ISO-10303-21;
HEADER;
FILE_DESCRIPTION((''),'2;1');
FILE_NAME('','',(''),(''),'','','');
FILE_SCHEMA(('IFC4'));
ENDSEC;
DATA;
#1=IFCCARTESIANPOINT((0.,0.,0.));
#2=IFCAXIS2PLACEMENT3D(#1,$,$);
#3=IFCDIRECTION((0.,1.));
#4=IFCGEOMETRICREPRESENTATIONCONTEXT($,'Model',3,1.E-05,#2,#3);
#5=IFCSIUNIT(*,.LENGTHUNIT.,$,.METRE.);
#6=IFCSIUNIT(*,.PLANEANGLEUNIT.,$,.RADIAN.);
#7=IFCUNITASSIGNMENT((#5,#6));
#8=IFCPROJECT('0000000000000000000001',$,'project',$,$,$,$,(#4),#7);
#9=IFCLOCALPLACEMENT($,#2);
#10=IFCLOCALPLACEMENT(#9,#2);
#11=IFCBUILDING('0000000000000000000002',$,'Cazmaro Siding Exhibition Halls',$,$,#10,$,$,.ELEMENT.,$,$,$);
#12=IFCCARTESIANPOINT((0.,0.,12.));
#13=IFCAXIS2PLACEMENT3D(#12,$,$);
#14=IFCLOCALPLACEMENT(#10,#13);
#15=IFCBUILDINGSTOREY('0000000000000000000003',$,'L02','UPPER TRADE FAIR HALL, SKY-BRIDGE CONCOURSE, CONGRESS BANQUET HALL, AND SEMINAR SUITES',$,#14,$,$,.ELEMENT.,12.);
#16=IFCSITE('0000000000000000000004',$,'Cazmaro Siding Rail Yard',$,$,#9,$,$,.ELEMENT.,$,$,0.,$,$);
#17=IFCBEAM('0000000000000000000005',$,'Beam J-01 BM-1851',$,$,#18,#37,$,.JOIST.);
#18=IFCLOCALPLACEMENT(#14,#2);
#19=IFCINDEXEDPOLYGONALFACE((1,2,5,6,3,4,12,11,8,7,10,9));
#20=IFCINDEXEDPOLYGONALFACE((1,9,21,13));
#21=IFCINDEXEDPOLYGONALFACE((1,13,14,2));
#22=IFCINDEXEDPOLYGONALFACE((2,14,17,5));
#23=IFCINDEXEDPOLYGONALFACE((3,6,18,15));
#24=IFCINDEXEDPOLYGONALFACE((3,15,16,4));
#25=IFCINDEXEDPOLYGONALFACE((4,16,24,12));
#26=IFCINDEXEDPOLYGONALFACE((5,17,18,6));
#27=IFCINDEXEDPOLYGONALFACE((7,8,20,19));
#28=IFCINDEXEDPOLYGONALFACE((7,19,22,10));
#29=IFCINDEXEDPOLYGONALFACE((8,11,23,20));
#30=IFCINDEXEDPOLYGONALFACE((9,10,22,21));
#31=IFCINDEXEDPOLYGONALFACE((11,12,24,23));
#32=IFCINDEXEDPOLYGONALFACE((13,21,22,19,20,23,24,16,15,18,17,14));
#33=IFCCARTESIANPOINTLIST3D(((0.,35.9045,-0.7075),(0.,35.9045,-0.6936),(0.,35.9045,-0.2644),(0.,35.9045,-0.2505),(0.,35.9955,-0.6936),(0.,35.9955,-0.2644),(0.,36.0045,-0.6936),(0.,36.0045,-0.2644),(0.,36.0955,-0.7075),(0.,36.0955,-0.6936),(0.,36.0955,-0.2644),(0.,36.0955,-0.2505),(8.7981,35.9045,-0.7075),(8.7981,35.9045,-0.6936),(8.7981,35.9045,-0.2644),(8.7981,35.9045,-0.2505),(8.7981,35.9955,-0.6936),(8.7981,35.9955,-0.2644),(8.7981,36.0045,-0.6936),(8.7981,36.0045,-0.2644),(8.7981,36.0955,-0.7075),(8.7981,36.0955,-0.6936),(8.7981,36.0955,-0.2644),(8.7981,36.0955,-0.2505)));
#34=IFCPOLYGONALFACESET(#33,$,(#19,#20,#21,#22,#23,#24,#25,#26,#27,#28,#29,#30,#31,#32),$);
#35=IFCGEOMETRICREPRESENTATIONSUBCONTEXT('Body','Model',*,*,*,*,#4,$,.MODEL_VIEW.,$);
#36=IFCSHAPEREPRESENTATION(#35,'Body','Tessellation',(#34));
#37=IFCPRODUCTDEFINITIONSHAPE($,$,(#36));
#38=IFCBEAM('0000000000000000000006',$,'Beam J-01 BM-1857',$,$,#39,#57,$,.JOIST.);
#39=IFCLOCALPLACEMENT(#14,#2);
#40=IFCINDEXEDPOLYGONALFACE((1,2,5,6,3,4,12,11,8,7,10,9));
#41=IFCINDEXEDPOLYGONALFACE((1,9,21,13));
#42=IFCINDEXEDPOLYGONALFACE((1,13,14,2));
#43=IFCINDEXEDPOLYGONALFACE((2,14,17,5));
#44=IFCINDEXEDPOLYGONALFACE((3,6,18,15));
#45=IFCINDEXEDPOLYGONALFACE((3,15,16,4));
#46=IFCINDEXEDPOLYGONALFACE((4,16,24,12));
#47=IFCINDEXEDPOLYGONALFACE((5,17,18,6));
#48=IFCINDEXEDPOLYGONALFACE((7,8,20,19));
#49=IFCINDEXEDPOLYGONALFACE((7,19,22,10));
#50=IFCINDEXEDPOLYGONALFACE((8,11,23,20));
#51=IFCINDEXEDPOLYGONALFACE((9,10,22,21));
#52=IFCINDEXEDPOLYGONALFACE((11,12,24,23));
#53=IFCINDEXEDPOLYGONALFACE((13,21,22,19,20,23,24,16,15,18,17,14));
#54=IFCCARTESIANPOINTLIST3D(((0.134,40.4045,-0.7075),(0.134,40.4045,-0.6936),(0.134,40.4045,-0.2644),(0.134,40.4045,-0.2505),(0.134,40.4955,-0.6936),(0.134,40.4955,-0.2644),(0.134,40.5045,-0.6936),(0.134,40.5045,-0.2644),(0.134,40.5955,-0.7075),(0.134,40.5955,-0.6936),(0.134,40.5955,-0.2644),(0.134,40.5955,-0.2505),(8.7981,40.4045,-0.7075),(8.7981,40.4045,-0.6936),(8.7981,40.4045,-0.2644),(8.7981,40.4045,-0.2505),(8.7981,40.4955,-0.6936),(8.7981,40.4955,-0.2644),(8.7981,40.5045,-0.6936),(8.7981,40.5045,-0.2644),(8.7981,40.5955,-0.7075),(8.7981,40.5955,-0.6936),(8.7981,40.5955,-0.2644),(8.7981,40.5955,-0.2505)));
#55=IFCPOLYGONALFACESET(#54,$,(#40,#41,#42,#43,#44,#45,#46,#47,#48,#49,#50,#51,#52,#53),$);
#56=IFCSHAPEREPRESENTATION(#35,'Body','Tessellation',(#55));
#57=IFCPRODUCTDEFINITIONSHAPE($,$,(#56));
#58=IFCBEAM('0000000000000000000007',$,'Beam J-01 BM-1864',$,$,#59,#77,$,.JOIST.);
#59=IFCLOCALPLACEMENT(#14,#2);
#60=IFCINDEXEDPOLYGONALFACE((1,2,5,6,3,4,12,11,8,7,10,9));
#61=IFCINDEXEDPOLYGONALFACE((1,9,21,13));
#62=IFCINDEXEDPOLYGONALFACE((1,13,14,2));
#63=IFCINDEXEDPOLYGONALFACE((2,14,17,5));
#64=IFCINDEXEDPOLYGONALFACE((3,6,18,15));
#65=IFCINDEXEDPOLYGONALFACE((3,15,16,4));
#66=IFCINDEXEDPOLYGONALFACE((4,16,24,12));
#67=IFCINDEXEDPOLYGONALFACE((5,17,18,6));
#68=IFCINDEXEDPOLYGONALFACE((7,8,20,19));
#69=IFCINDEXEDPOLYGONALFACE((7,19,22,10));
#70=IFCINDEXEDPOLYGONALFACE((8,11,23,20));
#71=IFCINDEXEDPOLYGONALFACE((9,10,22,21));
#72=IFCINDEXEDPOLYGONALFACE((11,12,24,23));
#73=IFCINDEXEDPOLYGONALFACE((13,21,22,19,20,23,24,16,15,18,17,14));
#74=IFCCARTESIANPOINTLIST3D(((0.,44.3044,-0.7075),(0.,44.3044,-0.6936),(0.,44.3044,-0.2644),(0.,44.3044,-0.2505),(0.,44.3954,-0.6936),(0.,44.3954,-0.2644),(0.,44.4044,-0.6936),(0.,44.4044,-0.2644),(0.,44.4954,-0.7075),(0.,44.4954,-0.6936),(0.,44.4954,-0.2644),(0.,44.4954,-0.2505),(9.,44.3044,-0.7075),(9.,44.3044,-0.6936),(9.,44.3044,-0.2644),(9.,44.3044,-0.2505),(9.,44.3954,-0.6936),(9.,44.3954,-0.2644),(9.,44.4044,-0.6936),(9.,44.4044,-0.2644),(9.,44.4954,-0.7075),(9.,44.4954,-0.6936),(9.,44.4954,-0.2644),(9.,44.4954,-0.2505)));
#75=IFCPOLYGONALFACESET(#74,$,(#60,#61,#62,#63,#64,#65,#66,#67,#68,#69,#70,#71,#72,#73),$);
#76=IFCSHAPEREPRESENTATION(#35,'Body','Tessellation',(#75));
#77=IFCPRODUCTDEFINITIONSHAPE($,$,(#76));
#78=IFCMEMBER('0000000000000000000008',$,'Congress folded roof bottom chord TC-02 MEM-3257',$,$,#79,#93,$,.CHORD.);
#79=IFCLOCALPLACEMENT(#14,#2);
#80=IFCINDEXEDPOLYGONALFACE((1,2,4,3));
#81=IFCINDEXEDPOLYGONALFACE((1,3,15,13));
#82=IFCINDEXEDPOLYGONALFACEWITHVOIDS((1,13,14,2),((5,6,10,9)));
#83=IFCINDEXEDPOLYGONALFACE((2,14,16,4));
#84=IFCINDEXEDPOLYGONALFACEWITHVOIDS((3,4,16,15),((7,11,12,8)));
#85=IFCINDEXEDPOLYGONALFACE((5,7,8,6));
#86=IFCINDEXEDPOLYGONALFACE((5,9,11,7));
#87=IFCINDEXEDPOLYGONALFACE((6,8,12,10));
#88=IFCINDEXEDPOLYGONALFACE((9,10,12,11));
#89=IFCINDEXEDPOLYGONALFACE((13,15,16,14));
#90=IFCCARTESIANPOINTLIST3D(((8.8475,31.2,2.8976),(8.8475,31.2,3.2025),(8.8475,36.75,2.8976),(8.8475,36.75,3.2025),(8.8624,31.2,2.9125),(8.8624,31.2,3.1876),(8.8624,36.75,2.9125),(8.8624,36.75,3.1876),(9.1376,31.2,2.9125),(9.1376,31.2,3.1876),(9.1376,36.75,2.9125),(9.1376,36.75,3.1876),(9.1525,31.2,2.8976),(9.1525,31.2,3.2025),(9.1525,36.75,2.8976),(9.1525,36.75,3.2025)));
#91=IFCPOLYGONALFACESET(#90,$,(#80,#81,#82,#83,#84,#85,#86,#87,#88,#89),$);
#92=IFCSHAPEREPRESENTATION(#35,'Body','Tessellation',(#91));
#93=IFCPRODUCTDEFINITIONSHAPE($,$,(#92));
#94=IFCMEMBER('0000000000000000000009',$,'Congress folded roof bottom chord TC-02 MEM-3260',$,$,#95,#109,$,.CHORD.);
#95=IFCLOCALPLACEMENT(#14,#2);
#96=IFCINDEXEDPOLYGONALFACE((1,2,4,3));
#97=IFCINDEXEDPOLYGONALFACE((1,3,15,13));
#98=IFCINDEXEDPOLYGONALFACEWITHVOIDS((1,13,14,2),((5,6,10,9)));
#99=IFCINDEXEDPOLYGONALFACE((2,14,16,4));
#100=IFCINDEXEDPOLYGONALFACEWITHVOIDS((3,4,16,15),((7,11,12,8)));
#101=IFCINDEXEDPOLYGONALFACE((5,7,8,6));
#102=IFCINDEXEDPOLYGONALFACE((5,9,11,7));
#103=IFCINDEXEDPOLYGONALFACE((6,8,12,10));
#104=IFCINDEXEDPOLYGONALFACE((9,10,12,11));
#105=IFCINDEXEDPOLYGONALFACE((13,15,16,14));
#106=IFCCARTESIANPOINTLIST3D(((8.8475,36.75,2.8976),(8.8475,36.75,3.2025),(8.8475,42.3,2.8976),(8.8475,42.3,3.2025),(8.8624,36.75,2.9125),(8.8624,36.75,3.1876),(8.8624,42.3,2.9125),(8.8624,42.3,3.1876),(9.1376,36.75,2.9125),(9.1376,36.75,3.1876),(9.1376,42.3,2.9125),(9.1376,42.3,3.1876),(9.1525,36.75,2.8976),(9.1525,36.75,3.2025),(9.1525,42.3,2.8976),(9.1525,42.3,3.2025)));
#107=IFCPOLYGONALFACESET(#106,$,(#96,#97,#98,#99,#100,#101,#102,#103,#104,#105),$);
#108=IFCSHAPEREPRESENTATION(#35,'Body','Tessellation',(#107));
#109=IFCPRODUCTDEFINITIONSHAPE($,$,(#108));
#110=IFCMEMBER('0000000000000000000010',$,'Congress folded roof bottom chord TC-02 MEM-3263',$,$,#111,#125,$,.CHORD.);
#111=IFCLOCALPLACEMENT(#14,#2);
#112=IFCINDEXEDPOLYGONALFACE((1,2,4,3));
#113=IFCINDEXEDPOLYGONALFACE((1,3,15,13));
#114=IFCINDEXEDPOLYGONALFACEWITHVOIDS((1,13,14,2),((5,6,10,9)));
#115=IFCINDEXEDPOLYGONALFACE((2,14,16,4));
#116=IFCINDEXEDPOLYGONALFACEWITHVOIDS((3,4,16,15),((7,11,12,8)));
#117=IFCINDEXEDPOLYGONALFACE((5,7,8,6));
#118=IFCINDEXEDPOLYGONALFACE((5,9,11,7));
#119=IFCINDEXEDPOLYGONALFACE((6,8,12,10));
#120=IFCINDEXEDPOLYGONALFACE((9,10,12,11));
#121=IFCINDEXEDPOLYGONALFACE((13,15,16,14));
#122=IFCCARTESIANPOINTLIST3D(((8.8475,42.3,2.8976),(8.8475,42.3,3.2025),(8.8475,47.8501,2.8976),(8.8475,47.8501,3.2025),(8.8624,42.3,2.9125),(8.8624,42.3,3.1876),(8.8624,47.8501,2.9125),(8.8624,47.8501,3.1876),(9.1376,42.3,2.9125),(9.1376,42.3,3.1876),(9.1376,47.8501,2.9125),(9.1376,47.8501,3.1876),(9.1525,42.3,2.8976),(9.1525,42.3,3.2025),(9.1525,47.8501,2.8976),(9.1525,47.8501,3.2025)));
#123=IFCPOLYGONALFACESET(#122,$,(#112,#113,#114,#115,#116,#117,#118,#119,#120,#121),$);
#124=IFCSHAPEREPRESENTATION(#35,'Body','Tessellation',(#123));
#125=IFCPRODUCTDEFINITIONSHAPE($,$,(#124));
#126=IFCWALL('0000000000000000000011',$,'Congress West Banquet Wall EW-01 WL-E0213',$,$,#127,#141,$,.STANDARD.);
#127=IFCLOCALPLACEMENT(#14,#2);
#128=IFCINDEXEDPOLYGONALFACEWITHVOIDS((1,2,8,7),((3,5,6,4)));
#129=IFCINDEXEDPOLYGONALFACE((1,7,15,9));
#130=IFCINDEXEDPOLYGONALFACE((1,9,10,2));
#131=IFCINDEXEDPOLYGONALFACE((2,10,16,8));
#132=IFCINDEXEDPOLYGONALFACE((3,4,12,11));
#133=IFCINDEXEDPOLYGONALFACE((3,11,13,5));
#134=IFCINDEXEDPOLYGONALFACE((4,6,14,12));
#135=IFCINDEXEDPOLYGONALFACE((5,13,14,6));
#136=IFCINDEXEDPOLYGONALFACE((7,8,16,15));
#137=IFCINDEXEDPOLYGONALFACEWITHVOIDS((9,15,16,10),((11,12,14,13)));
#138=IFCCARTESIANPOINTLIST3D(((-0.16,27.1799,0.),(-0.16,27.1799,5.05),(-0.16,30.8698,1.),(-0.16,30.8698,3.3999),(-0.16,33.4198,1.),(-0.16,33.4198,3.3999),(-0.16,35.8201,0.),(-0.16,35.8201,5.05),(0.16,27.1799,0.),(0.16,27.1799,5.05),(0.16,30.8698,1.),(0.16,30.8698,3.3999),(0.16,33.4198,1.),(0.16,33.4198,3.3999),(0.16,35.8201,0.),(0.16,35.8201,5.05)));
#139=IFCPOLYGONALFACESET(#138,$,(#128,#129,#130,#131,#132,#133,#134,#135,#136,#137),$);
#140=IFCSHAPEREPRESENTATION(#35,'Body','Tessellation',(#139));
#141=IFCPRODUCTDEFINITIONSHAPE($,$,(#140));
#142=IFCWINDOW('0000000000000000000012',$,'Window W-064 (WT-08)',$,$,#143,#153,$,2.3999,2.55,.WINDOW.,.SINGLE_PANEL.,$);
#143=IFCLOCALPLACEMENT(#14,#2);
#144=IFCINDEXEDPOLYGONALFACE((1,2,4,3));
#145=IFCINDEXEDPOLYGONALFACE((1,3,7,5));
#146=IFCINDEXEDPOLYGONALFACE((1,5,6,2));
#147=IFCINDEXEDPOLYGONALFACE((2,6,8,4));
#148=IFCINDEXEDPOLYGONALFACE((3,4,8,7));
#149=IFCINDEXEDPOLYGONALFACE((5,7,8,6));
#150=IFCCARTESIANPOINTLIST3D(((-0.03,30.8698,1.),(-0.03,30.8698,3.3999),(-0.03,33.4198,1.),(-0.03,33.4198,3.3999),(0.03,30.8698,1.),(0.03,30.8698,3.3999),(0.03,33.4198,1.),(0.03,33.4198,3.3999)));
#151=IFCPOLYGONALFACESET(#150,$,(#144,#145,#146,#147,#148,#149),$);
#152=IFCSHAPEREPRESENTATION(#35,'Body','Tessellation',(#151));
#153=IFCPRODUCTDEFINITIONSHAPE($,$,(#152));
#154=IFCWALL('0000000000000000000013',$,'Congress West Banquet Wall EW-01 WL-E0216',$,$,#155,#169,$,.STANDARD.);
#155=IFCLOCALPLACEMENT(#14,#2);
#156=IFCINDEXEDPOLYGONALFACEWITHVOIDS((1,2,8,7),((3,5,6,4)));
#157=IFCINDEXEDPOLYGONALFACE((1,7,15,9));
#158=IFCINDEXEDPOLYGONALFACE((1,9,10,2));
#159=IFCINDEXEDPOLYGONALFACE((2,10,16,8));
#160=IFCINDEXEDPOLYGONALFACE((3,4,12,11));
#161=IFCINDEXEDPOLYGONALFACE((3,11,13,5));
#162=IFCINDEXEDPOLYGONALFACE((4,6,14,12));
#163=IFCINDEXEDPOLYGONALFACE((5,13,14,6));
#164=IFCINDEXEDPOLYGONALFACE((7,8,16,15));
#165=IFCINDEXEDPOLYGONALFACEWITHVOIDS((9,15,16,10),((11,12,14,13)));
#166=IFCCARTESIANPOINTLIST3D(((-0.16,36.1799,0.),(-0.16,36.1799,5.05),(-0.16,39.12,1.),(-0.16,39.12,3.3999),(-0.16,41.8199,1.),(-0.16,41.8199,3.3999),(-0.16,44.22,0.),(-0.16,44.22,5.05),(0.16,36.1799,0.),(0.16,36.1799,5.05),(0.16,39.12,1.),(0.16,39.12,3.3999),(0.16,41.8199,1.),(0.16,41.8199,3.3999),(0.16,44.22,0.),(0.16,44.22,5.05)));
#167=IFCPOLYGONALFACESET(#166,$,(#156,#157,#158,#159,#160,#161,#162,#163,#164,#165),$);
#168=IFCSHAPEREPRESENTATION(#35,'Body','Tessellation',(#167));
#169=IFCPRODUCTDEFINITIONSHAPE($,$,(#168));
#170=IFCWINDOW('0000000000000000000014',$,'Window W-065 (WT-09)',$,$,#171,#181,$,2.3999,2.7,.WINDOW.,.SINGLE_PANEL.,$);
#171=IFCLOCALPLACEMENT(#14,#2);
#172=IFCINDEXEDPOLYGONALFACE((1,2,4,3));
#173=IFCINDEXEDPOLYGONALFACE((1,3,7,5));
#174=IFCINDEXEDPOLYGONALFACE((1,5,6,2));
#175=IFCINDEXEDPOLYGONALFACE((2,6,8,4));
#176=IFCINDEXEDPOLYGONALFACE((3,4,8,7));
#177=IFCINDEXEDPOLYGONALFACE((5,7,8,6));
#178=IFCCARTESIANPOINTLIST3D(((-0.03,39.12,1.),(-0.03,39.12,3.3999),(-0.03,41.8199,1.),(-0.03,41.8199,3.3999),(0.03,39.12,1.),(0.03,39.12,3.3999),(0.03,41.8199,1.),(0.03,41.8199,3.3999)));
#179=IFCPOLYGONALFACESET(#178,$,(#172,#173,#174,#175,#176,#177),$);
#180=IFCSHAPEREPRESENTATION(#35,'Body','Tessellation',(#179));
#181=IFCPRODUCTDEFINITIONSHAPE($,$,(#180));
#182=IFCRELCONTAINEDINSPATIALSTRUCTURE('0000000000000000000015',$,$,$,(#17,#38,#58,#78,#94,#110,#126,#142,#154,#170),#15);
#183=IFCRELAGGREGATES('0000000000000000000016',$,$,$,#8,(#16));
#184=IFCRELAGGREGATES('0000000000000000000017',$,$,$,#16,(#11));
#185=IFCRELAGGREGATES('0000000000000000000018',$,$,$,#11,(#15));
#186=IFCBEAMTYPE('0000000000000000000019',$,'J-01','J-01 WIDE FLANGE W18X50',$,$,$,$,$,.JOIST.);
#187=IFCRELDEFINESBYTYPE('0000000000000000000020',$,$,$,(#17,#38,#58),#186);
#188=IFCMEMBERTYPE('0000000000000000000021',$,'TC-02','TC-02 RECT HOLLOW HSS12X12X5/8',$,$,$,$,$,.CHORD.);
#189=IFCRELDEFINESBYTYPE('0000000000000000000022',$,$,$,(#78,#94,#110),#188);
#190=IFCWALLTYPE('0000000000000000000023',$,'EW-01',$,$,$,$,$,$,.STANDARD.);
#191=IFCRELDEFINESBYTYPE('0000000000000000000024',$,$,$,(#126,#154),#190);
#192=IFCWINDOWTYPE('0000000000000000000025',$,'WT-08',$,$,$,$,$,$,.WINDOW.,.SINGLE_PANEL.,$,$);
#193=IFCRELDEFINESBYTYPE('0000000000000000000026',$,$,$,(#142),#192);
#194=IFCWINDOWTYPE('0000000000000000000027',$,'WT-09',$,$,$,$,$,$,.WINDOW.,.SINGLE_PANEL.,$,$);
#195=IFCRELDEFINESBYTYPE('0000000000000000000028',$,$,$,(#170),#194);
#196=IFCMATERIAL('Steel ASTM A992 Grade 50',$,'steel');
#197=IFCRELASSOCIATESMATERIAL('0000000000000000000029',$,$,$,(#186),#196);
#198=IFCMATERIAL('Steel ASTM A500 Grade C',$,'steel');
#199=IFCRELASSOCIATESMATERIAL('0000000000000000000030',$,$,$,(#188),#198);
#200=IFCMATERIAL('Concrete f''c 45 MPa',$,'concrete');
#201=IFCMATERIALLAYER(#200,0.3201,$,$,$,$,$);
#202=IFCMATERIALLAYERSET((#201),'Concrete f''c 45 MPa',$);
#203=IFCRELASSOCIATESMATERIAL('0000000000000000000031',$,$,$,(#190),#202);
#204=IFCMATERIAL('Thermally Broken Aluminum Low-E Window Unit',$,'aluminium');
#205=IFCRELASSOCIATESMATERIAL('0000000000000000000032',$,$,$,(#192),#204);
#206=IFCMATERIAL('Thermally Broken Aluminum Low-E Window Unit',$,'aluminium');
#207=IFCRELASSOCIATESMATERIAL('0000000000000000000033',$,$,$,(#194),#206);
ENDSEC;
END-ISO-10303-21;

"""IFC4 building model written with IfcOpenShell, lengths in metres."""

from ifc_helpers import new_model, si_unit, direction, frame, frame_2d, origin, origin_2d, place, context, subcontext, project, spatial, rectangle, hollow_rectangle, i_section, extrude, material, layer, layer_set, material_profile, profile_set, type_object, element, fill, save


model = new_model("IFC4")

# Units and contexts
model_context = context("Model", 3, precision=1e-05, world=origin(), true_north=direction((0.0, 1.0)))
body_context = subcontext(model_context, "Body", "Model", "MODEL_VIEW")
ifc_project = project(units=[si_unit("LENGTHUNIT", "METRE"), si_unit("PLANEANGLEUNIT", "RADIAN")], contexts=[model_context])

# Site, building, storey
site_placement = place(None, origin())
site = spatial("IfcSite", under=ifc_project, at=site_placement, Name="Cazmaro Siding Rail Yard", CompositionType="ELEMENT", RefElevation=0.0)
building_placement = place(site_placement, origin())
building = spatial("IfcBuilding", under=site, at=building_placement, Name="Cazmaro Siding Exhibition Halls", CompositionType="ELEMENT")
storey_placement = place(building_placement, frame((0.0, 0.0, 12.0)))
storey = spatial("IfcBuildingStorey", under=building, at=storey_placement, Name="L02", Description="UPPER TRADE FAIR HALL, SKY-BRIDGE CONCOURSE, CONGRESS BANQUET HALL, AND SEMINAR SUITES", CompositionType="ELEMENT", Elevation=12.0)

# Beams
ifc_material_1 = material(Name="Steel ASTM A992 Grade 50", Category="steel")
ifc_material_profile_1 = material_profile(ifc_material_1, i_section(OverallWidth=0.1909, OverallDepth=0.457, WebThickness=0.009, FlangeThickness=0.0139, at=origin_2d()), Name="W18X50")
ifc_profile_set_1 = profile_set([ifc_material_profile_1], Name="Steel ASTM A992 Grade 50")
beam_type_1 = type_object("IfcBeamType", Name="J-01", Description="J-01 WIDE FLANGE W18X50", PredefinedType="JOIST", material=ifc_profile_set_1)
beam_1_placement = place(storey_placement, frame((0.0, 36.0, -0.479), z_axis=(1.0, 0.0, 0.0), x_axis=(0.0, 1.0, 0.0)))
element("IfcBeam", 1, at=beam_1_placement, inside=storey, type_object=beam_type_1, Name="Beam J-01 BM-1851", PredefinedType="JOIST", context=body_context, shape_type="SweptSolid", body=[
    extrude(i_section(OverallWidth=0.1909, OverallDepth=0.457, WebThickness=0.009, FlangeThickness=0.0139, at=origin_2d()), origin(), (0.0, 0.0, 1.0), 8.7981),
])
beam_2_placement = place(storey_placement, frame((0.134, 40.5, -0.479), z_axis=(1.0, 0.0, 0.0), x_axis=(0.0, 1.0, 0.0)))
element("IfcBeam", 2, at=beam_2_placement, inside=storey, type_object=beam_type_1, Name="Beam J-01 BM-1857", PredefinedType="JOIST", context=body_context, shape_type="SweptSolid", body=[
    extrude(i_section(OverallWidth=0.1909, OverallDepth=0.457, WebThickness=0.009, FlangeThickness=0.0139, at=origin_2d()), origin(), (0.0, 0.0, 1.0), 8.6641),
])
beam_3_placement = place(storey_placement, frame((0.0, 44.3999, -0.479), z_axis=(1.0, 0.0, 0.0), x_axis=(0.0, 1.0, 0.0)))
element("IfcBeam", 3, at=beam_3_placement, inside=storey, type_object=beam_type_1, Name="Beam J-01 BM-1864", PredefinedType="JOIST", context=body_context, shape_type="SweptSolid", body=[
    extrude(i_section(OverallWidth=0.1909, OverallDepth=0.457, WebThickness=0.009, FlangeThickness=0.0139, at=origin_2d()), origin(), (0.0, 0.0, 1.0), 9.0),
])

# Members
ifc_material_2 = material(Name="Steel ASTM A500 Grade C", Category="steel")
ifc_material_profile_2 = material_profile(ifc_material_2, hollow_rectangle(XDim=0.3049, YDim=0.3049, WallThickness=0.0149, at=origin_2d()), Name="HSS12X12X5/8")
ifc_profile_set_2 = profile_set([ifc_material_profile_2], Name="Steel ASTM A500 Grade C")
member_type = type_object("IfcMemberType", Name="TC-02", Description="TC-02 RECT HOLLOW HSS12X12X5/8", PredefinedType="CHORD", material=ifc_profile_set_2)
for number, where, z_axis, x_axis, name in (
    (4, (9.0, 31.2, 3.05), (0.0, 1.0, 0.0), (-1.0, 0.0, 0.0), "Congress folded roof bottom chord TC-02 MEM-3257"),
    (5, (9.0, 36.75, 3.05), (0.0, 1.0, 0.0), (-1.0, 0.0, 0.0), "Congress folded roof bottom chord TC-02 MEM-3260"),
    (6, (9.0, 42.3, 3.05), (0.0, 1.0, 0.0), (-1.0, 0.0, 0.0), "Congress folded roof bottom chord TC-02 MEM-3263"),
):
    element("IfcMember", number, at=place(storey_placement, frame(where, z_axis=z_axis, x_axis=x_axis)), inside=storey, type_object=member_type, Name=name, PredefinedType="CHORD", context=body_context, shape_type="SweptSolid", body=[
        extrude(hollow_rectangle(XDim=0.3049, YDim=0.3049, WallThickness=0.0149, at=origin_2d()), origin(), (0.0, 0.0, 1.0), 5.55),
    ])

# Walls, openings, windows
ifc_material_3 = material(Name="Concrete f'c 45 MPa", Category="concrete")
ifc_layer_1 = layer(ifc_material_3, 0.3201)
ifc_layer_set_1 = layer_set([ifc_layer_1], Name="Concrete f'c 45 MPa")
wall_type_1 = type_object("IfcWallType", Name="EW-01", PredefinedType="STANDARD", material=ifc_layer_set_1)
wall_1_placement = place(storey_placement, frame((0.0, 27.1799, 0.0), z_axis=(0.0, 0.0, 1.0), x_axis=(0.0, 1.0, 0.0)))
wall_1 = element("IfcWall", 7, at=wall_1_placement, inside=storey, type_object=wall_type_1, Name="Congress West Banquet Wall EW-01 WL-E0213", PredefinedType="STANDARD", context=body_context, shape_type="SweptSolid", body=[
    extrude(rectangle(XDim=8.6401, YDim=0.3201, at=frame_2d((4.3201, 0.0))), origin(), (0.0, 0.0, 1.0), 5.05),
])
opening_1_placement = place(wall_1_placement, frame((3.6899, 0.0, 1.0)))
opening_1 = element("IfcOpeningElement", 8, at=opening_1_placement, cuts=wall_1, PredefinedType="OPENING", context=body_context, shape_type="SweptSolid", body=[
    extrude(rectangle(XDim=2.55, YDim=2.3999, at=frame_2d((1.2749, 1.2))), frame((0.0, 0.1699, 0.0), z_axis=(0.0, -1.0, 0.0), x_axis=(1.0, 0.0, 0.0)), (0.0, 0.0, 1.0), 0.3401),
])
ifc_material_4 = material(Name="Thermally Broken Aluminum Low-E Window Unit", Category="aluminium")
window_type_1 = type_object("IfcWindowType", Name="WT-08", PartitioningType="SINGLE_PANEL", PredefinedType="WINDOW", material=ifc_material_4)
window_1_placement = place(opening_1_placement, origin())
window_1 = element("IfcWindow", 9, at=window_1_placement, inside=storey, type_object=window_type_1, Name="Window W-064 (WT-08)", OverallHeight=2.3999, OverallWidth=2.55, PartitioningType="SINGLE_PANEL", PredefinedType="WINDOW", context=body_context, shape_type="SweptSolid", body=[
    extrude(rectangle(XDim=2.55, YDim=2.3999, at=frame_2d((1.2749, 1.2))), frame((0.0, 0.03, 0.0), z_axis=(0.0, -1.0, 0.0), x_axis=(1.0, 0.0, 0.0)), (0.0, 0.0, 1.0), 0.0601),
])
fill(opening_1, window_1)
wall_2_placement = place(storey_placement, frame((0.0, 36.1799, 0.0), z_axis=(0.0, 0.0, 1.0), x_axis=(0.0, 1.0, 0.0)))
wall_2 = element("IfcWall", 10, at=wall_2_placement, inside=storey, type_object=wall_type_1, Name="Congress West Banquet Wall EW-01 WL-E0216", PredefinedType="STANDARD", context=body_context, shape_type="SweptSolid", body=[
    extrude(rectangle(XDim=8.04, YDim=0.3201, at=frame_2d((4.02, 0.0))), origin(), (0.0, 0.0, 1.0), 5.05),
])
opening_2_placement = place(wall_2_placement, frame((2.9399, 0.0, 1.0)))
opening_2 = element("IfcOpeningElement", 11, at=opening_2_placement, cuts=wall_2, PredefinedType="OPENING", context=body_context, shape_type="SweptSolid", body=[
    extrude(rectangle(XDim=2.7, YDim=2.3999, at=frame_2d((1.3501, 1.2))), frame((0.0, 0.1699, 0.0), z_axis=(0.0, -1.0, 0.0), x_axis=(1.0, 0.0, 0.0)), (0.0, 0.0, 1.0), 0.3401),
])
ifc_material_5 = material(Name="Thermally Broken Aluminum Low-E Window Unit", Category="aluminium")
window_type_2 = type_object("IfcWindowType", Name="WT-09", PartitioningType="SINGLE_PANEL", PredefinedType="WINDOW", material=ifc_material_5)
window_2_placement = place(opening_2_placement, origin())
window_2 = element("IfcWindow", 12, at=window_2_placement, inside=storey, type_object=window_type_2, Name="Window W-065 (WT-09)", OverallHeight=2.3999, OverallWidth=2.7, PartitioningType="SINGLE_PANEL", PredefinedType="WINDOW", context=body_context, shape_type="SweptSolid", body=[
    extrude(rectangle(XDim=2.7, YDim=2.3999, at=frame_2d((1.3501, 1.2))), frame((0.0, 0.03, 0.0), z_axis=(0.0, -1.0, 0.0), x_axis=(1.0, 0.0, 0.0)), (0.0, 0.0, 1.0), 0.0601),
])
fill(opening_2, window_2)

save(model, "model.ifc")
